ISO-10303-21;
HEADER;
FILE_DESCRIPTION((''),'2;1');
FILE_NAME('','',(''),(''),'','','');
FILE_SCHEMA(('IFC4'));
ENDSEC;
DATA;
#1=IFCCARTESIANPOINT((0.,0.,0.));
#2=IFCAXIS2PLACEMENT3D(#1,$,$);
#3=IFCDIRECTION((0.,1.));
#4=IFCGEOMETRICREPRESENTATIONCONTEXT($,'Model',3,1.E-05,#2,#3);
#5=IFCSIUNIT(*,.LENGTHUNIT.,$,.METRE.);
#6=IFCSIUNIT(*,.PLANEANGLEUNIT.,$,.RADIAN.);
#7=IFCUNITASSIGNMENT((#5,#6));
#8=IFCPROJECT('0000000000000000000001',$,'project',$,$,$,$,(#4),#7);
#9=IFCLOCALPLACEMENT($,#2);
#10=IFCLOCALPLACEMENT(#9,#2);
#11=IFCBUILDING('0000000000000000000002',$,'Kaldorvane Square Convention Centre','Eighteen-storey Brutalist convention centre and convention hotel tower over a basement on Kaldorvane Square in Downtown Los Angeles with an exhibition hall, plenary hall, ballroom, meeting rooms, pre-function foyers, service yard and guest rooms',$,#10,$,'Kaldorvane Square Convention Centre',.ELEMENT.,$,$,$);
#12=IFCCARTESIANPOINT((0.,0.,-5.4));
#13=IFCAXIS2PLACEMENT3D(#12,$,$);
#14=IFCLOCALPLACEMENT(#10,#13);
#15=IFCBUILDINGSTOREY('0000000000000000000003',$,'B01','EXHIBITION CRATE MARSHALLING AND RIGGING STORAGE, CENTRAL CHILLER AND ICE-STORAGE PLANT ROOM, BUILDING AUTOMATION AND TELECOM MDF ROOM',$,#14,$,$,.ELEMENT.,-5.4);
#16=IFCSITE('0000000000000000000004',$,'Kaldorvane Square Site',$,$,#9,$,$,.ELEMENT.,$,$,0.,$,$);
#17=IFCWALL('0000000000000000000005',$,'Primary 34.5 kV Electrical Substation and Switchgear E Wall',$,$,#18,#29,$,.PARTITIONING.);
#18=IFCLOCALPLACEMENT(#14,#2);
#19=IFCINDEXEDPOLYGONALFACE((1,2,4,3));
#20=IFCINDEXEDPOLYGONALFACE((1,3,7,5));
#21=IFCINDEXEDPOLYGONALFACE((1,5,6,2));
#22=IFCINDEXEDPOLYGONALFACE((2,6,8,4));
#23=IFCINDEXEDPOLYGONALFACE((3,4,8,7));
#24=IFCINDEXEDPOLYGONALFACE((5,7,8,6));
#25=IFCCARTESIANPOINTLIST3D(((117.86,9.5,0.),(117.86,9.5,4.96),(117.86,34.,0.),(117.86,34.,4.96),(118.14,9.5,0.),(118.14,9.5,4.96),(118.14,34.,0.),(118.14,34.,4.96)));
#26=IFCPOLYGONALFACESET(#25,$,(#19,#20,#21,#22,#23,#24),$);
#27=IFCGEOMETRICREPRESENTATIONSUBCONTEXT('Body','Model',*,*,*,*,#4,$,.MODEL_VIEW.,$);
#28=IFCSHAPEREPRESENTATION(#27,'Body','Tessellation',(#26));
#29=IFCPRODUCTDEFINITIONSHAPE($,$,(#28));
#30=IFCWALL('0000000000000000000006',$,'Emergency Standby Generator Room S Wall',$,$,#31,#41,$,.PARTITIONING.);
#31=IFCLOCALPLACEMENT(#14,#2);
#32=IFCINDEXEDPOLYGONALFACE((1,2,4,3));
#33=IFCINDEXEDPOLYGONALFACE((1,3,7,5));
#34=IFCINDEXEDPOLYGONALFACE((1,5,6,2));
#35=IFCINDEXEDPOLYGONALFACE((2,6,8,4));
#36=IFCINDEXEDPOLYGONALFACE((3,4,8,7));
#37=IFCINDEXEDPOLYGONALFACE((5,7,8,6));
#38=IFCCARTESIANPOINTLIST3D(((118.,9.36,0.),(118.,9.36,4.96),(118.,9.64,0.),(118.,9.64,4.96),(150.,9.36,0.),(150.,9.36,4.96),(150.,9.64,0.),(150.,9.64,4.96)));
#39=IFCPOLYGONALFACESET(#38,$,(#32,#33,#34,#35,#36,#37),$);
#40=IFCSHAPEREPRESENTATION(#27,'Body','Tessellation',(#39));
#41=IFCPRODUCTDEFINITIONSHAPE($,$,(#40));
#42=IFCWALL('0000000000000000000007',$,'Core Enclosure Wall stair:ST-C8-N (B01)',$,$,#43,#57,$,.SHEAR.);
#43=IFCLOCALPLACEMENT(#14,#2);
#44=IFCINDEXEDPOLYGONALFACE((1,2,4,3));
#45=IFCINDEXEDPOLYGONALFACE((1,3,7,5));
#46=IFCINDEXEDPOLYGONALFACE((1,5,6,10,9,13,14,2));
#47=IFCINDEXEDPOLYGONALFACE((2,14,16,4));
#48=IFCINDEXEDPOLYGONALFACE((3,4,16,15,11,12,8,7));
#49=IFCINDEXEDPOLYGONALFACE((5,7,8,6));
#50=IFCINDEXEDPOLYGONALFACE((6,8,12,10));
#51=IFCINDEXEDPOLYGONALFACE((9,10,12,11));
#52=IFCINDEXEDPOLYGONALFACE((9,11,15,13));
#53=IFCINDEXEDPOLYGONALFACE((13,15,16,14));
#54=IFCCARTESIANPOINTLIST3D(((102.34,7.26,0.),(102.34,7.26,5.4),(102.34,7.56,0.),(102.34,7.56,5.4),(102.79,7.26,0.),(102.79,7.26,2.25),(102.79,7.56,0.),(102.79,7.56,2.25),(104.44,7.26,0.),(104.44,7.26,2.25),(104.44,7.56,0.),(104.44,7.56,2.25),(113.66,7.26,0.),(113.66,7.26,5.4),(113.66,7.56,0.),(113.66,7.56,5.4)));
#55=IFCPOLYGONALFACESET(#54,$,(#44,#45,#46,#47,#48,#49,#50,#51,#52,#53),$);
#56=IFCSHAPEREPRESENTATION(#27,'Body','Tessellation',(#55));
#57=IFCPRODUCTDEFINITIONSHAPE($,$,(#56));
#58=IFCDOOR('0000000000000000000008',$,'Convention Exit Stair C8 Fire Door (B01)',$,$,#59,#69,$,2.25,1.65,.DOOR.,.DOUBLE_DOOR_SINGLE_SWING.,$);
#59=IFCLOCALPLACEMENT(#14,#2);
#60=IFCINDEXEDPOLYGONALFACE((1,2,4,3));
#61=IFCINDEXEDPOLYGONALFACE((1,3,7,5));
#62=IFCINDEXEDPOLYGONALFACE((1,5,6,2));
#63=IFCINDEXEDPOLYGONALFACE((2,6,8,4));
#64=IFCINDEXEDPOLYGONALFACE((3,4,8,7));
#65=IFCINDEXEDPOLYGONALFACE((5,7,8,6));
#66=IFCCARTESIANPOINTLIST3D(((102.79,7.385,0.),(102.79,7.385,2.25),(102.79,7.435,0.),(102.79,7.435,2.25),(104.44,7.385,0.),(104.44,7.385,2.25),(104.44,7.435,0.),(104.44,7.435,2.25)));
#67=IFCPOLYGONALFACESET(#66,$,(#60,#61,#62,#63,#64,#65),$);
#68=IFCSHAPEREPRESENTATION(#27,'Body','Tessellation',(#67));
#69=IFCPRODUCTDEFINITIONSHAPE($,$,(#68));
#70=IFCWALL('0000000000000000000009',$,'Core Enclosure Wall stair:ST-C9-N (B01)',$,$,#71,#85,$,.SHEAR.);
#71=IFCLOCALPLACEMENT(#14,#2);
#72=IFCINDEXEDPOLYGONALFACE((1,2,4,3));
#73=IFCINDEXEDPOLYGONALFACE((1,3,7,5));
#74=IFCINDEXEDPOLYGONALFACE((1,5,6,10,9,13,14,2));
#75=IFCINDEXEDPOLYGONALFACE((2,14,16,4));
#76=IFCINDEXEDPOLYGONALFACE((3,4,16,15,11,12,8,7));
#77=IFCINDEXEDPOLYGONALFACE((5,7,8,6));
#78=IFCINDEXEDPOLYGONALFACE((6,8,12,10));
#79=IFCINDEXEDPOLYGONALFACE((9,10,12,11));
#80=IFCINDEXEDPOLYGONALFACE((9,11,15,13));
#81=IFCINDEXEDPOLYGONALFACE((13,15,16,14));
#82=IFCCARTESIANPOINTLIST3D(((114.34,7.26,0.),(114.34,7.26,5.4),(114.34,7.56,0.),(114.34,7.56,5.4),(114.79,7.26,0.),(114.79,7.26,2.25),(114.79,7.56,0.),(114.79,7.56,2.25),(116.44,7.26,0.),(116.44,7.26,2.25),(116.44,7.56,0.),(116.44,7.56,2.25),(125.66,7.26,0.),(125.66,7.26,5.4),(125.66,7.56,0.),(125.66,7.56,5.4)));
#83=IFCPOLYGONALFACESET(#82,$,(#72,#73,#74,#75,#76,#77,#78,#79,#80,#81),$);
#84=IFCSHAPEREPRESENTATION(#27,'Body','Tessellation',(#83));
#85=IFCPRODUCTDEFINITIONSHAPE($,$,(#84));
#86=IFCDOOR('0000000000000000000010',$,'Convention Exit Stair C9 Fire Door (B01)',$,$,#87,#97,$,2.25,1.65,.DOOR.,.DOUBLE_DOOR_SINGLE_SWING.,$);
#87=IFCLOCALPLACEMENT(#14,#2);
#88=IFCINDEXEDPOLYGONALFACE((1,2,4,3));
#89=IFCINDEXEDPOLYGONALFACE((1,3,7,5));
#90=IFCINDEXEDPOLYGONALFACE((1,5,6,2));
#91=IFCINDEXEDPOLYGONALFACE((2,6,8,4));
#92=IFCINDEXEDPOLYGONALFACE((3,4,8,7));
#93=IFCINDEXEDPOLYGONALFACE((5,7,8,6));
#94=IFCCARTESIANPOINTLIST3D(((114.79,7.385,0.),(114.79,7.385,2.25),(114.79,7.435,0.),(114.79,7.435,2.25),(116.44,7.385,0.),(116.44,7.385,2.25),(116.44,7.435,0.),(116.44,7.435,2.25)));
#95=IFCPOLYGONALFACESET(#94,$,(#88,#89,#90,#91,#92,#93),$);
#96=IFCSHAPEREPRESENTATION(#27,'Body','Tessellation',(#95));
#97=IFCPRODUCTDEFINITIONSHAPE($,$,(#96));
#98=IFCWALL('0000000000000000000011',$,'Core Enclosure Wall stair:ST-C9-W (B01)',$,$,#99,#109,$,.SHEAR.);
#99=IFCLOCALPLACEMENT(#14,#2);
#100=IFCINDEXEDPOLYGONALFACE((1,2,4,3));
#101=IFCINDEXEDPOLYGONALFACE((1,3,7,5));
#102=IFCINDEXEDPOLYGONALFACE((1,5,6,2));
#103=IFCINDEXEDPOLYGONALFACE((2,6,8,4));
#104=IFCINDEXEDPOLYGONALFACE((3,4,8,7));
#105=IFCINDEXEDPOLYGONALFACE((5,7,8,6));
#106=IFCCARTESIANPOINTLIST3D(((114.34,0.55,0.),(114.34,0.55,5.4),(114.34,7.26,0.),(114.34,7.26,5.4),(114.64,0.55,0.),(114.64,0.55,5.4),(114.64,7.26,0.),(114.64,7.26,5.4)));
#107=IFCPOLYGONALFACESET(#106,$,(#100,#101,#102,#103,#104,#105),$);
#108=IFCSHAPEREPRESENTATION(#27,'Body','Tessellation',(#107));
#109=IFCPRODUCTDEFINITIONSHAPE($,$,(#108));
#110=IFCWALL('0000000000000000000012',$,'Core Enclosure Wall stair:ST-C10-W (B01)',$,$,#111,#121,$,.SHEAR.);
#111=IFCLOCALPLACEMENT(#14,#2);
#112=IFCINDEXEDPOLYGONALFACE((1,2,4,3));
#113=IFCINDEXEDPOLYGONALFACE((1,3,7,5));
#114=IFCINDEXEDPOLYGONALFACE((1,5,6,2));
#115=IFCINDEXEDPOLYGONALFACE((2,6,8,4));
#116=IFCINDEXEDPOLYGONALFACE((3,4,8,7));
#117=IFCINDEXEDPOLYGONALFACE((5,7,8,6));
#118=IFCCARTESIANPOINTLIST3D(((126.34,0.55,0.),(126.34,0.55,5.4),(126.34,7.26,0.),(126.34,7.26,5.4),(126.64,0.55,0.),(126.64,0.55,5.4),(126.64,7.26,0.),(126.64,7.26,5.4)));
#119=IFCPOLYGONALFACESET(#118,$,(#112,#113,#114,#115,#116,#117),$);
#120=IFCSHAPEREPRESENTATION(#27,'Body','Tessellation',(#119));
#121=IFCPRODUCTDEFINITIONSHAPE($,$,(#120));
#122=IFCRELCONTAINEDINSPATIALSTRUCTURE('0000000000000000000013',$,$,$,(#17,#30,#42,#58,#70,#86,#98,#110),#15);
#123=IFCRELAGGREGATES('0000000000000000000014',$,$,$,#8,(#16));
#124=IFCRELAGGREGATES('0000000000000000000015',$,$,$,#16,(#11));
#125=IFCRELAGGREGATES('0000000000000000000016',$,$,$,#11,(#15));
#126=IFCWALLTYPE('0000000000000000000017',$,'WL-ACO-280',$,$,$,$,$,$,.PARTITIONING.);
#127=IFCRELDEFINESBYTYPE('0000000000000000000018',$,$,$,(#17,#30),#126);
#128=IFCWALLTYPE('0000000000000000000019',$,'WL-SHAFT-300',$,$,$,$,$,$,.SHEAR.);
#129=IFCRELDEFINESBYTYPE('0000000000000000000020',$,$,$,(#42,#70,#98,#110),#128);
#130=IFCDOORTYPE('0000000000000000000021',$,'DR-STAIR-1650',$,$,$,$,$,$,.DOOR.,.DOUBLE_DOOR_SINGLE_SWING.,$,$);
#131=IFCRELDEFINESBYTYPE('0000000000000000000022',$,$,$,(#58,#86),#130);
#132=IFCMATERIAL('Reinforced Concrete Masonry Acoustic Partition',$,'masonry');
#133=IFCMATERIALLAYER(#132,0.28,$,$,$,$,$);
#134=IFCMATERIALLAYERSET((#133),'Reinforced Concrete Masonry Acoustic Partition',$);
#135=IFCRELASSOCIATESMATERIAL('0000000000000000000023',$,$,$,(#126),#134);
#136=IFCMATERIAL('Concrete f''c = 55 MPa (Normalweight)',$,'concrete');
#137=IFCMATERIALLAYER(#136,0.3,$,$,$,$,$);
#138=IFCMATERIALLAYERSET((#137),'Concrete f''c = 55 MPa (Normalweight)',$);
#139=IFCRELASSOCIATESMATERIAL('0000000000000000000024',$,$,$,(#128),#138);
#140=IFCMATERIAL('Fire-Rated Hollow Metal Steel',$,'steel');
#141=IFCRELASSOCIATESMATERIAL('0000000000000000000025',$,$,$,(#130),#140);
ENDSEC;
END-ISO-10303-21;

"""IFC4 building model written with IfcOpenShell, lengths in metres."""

from ifc_helpers import new_model, si_unit, direction, frame, frame_2d, origin, place, context, subcontext, project, spatial, rectangle, extrude, material, layer, layer_set, type_object, element, fill, save


model = new_model("IFC4")

# Units and contexts
model_context = context("Model", 3, precision=1e-05, world=origin(), true_north=direction((0.0, 1.0)))
body_context = subcontext(model_context, "Body", "Model", "MODEL_VIEW")
ifc_project = project(units=[si_unit("LENGTHUNIT", "METRE"), si_unit("PLANEANGLEUNIT", "RADIAN")], contexts=[model_context])

# Site, building, storey
site_placement = place(None, origin())
site = spatial("IfcSite", under=ifc_project, at=site_placement, Name="Kaldorvane Square Site", CompositionType="ELEMENT", RefElevation=0.0)
building_placement = place(site_placement, origin())
building = spatial("IfcBuilding", under=site, at=building_placement, Name="Kaldorvane Square Convention Centre", Description="Eighteen-storey Brutalist convention centre and convention hotel tower over a basement on Kaldorvane Square in Downtown Los Angeles with an exhibition hall, plenary hall, ballroom, meeting rooms, pre-function foyers, service yard and guest rooms", LongName="Kaldorvane Square Convention Centre", CompositionType="ELEMENT")
storey_placement = place(building_placement, frame((0.0, 0.0, -5.4)))
storey = spatial("IfcBuildingStorey", under=building, at=storey_placement, Name="B01", Description="EXHIBITION CRATE MARSHALLING AND RIGGING STORAGE, CENTRAL CHILLER AND ICE-STORAGE PLANT ROOM, BUILDING AUTOMATION AND TELECOM MDF ROOM", CompositionType="ELEMENT", Elevation=-5.4)

# Walls
ifc_material_1 = material(Name="Reinforced Concrete Masonry Acoustic Partition", Category="masonry")
ifc_layer_1 = layer(ifc_material_1, 0.28)
ifc_layer_set_1 = layer_set([ifc_layer_1], Name="Reinforced Concrete Masonry Acoustic Partition")
wall_type_1 = type_object("IfcWallType", Name="WL-ACO-280", PredefinedType="PARTITIONING", material=ifc_layer_set_1)
wall_1_placement = place(storey_placement, frame((118.0, 9.5, 0.0), z_axis=(0.0, 0.0, 1.0), x_axis=(0.0, 1.0, 0.0)))
element("IfcWall", 1, at=wall_1_placement, inside=storey, type_object=wall_type_1, Name="Primary 34.5 kV Electrical Substation and Switchgear E Wall", PredefinedType="PARTITIONING", context=body_context, shape_type="SweptSolid", body=[
    extrude(rectangle(XDim=24.5, YDim=0.28, at=frame_2d((12.25, 0.0))), origin(), (0.0, 0.0, 1.0), 4.96),
])
wall_2_placement = place(storey_placement, frame((118.0, 9.5, 0.0), z_axis=(0.0, 0.0, 1.0), x_axis=(1.0, 0.0, 0.0)))
element("IfcWall", 2, at=wall_2_placement, inside=storey, type_object=wall_type_1, Name="Emergency Standby Generator Room S Wall", PredefinedType="PARTITIONING", context=body_context, shape_type="SweptSolid", body=[
    extrude(rectangle(XDim=32.0, YDim=0.28, at=frame_2d((16.0, 0.0))), origin(), (0.0, 0.0, 1.0), 4.96),
])

# Walls, openings, doors
ifc_material_2 = material(Name="Concrete f'c = 55 MPa (Normalweight)", Category="concrete")
ifc_layer_2 = layer(ifc_material_2, 0.3)
ifc_layer_set_2 = layer_set([ifc_layer_2], Name="Concrete f'c = 55 MPa (Normalweight)")
wall_type_2 = type_object("IfcWallType", Name="WL-SHAFT-300", PredefinedType="SHEAR", material=ifc_layer_set_2)
wall_3_placement = place(storey_placement, frame((113.66, 7.41, 0.0), z_axis=(0.0, 0.0, 1.0), x_axis=(-1.0, 0.0, 0.0)))
wall_3 = element("IfcWall", 3, at=wall_3_placement, inside=storey, type_object=wall_type_2, Name="Core Enclosure Wall stair:ST-C8-N (B01)", PredefinedType="SHEAR", context=body_context, shape_type="SweptSolid", body=[
    extrude(rectangle(XDim=11.32, YDim=0.3, at=frame_2d((5.66, 0.0))), origin(), (0.0, 0.0, 1.0), 5.4),
])
opening_1_placement = place(wall_3_placement, frame((9.22, 0.0, 0.0)))
opening_1 = element("IfcOpeningElement", 4, at=opening_1_placement, cuts=wall_3, PredefinedType="OPENING", context=body_context, shape_type="SweptSolid", body=[
    extrude(rectangle(XDim=1.65, YDim=2.25, at=frame_2d((0.825, 1.125))), frame((0.0, 0.165, 0.0), z_axis=(0.0, -1.0, 0.0), x_axis=(1.0, 0.0, 0.0)), (0.0, 0.0, 1.0), 0.33),
])
ifc_material_3 = material(Name="Fire-Rated Hollow Metal Steel", Category="steel")
door_type = type_object("IfcDoorType", Name="DR-STAIR-1650", OperationType="DOUBLE_DOOR_SINGLE_SWING", PredefinedType="DOOR", material=ifc_material_3)
door_1_placement = place(opening_1_placement, origin())
door_1 = element("IfcDoor", 5, at=door_1_placement, inside=storey, type_object=door_type, Name="Convention Exit Stair C8 Fire Door (B01)", OperationType="DOUBLE_DOOR_SINGLE_SWING", OverallHeight=2.25, OverallWidth=1.65, PredefinedType="DOOR", context=body_context, shape_type="SweptSolid", body=[
    extrude(rectangle(XDim=1.65, YDim=2.25, at=frame_2d((0.825, 1.125))), frame((0.0, 0.025, 0.0), z_axis=(0.0, -1.0, 0.0), x_axis=(1.0, 0.0, 0.0)), (0.0, 0.0, 1.0), 0.05),
])
fill(opening_1, door_1)
wall_4_placement = place(storey_placement, frame((125.66, 7.41, 0.0), z_axis=(0.0, 0.0, 1.0), x_axis=(-1.0, 0.0, 0.0)))
wall_4 = element("IfcWall", 6, at=wall_4_placement, inside=storey, type_object=wall_type_2, Name="Core Enclosure Wall stair:ST-C9-N (B01)", PredefinedType="SHEAR", context=body_context, shape_type="SweptSolid", body=[
    extrude(rectangle(XDim=11.32, YDim=0.3, at=frame_2d((5.66, 0.0))), origin(), (0.0, 0.0, 1.0), 5.4),
])
opening_2_placement = place(wall_4_placement, frame((9.22, 0.0, 0.0)))
opening_2 = element("IfcOpeningElement", 7, at=opening_2_placement, cuts=wall_4, PredefinedType="OPENING", context=body_context, shape_type="SweptSolid", body=[
    extrude(rectangle(XDim=1.65, YDim=2.25, at=frame_2d((0.825, 1.125))), frame((0.0, 0.165, 0.0), z_axis=(0.0, -1.0, 0.0), x_axis=(1.0, 0.0, 0.0)), (0.0, 0.0, 1.0), 0.33),
])
door_2_placement = place(opening_2_placement, origin())
door_2 = element("IfcDoor", 8, at=door_2_placement, inside=storey, type_object=door_type, Name="Convention Exit Stair C9 Fire Door (B01)", OperationType="DOUBLE_DOOR_SINGLE_SWING", OverallHeight=2.25, OverallWidth=1.65, PredefinedType="DOOR", context=body_context, shape_type="SweptSolid", body=[
    extrude(rectangle(XDim=1.65, YDim=2.25, at=frame_2d((0.825, 1.125))), frame((0.0, 0.025, 0.0), z_axis=(0.0, -1.0, 0.0), x_axis=(1.0, 0.0, 0.0)), (0.0, 0.0, 1.0), 0.05),
])
fill(opening_2, door_2)

# Walls
for number, where, z_axis, x_axis, name in (
    (9, (114.49, 7.26, 0.0), (0.0, 0.0, 1.0), (0.0, -1.0, 0.0), "Core Enclosure Wall stair:ST-C9-W (B01)"),
    (10, (126.49, 7.26, 0.0), (0.0, 0.0, 1.0), (0.0, -1.0, 0.0), "Core Enclosure Wall stair:ST-C10-W (B01)"),
):
    element("IfcWall", number, at=place(storey_placement, frame(where, z_axis=z_axis, x_axis=x_axis)), inside=storey, type_object=wall_type_2, Name=name, PredefinedType="SHEAR", context=body_context, shape_type="SweptSolid", body=[
        extrude(rectangle(XDim=6.71, YDim=0.3, at=frame_2d((3.355, 0.0))), origin(), (0.0, 0.0, 1.0), 5.4),
    ])

save(model, "model.ifc")
